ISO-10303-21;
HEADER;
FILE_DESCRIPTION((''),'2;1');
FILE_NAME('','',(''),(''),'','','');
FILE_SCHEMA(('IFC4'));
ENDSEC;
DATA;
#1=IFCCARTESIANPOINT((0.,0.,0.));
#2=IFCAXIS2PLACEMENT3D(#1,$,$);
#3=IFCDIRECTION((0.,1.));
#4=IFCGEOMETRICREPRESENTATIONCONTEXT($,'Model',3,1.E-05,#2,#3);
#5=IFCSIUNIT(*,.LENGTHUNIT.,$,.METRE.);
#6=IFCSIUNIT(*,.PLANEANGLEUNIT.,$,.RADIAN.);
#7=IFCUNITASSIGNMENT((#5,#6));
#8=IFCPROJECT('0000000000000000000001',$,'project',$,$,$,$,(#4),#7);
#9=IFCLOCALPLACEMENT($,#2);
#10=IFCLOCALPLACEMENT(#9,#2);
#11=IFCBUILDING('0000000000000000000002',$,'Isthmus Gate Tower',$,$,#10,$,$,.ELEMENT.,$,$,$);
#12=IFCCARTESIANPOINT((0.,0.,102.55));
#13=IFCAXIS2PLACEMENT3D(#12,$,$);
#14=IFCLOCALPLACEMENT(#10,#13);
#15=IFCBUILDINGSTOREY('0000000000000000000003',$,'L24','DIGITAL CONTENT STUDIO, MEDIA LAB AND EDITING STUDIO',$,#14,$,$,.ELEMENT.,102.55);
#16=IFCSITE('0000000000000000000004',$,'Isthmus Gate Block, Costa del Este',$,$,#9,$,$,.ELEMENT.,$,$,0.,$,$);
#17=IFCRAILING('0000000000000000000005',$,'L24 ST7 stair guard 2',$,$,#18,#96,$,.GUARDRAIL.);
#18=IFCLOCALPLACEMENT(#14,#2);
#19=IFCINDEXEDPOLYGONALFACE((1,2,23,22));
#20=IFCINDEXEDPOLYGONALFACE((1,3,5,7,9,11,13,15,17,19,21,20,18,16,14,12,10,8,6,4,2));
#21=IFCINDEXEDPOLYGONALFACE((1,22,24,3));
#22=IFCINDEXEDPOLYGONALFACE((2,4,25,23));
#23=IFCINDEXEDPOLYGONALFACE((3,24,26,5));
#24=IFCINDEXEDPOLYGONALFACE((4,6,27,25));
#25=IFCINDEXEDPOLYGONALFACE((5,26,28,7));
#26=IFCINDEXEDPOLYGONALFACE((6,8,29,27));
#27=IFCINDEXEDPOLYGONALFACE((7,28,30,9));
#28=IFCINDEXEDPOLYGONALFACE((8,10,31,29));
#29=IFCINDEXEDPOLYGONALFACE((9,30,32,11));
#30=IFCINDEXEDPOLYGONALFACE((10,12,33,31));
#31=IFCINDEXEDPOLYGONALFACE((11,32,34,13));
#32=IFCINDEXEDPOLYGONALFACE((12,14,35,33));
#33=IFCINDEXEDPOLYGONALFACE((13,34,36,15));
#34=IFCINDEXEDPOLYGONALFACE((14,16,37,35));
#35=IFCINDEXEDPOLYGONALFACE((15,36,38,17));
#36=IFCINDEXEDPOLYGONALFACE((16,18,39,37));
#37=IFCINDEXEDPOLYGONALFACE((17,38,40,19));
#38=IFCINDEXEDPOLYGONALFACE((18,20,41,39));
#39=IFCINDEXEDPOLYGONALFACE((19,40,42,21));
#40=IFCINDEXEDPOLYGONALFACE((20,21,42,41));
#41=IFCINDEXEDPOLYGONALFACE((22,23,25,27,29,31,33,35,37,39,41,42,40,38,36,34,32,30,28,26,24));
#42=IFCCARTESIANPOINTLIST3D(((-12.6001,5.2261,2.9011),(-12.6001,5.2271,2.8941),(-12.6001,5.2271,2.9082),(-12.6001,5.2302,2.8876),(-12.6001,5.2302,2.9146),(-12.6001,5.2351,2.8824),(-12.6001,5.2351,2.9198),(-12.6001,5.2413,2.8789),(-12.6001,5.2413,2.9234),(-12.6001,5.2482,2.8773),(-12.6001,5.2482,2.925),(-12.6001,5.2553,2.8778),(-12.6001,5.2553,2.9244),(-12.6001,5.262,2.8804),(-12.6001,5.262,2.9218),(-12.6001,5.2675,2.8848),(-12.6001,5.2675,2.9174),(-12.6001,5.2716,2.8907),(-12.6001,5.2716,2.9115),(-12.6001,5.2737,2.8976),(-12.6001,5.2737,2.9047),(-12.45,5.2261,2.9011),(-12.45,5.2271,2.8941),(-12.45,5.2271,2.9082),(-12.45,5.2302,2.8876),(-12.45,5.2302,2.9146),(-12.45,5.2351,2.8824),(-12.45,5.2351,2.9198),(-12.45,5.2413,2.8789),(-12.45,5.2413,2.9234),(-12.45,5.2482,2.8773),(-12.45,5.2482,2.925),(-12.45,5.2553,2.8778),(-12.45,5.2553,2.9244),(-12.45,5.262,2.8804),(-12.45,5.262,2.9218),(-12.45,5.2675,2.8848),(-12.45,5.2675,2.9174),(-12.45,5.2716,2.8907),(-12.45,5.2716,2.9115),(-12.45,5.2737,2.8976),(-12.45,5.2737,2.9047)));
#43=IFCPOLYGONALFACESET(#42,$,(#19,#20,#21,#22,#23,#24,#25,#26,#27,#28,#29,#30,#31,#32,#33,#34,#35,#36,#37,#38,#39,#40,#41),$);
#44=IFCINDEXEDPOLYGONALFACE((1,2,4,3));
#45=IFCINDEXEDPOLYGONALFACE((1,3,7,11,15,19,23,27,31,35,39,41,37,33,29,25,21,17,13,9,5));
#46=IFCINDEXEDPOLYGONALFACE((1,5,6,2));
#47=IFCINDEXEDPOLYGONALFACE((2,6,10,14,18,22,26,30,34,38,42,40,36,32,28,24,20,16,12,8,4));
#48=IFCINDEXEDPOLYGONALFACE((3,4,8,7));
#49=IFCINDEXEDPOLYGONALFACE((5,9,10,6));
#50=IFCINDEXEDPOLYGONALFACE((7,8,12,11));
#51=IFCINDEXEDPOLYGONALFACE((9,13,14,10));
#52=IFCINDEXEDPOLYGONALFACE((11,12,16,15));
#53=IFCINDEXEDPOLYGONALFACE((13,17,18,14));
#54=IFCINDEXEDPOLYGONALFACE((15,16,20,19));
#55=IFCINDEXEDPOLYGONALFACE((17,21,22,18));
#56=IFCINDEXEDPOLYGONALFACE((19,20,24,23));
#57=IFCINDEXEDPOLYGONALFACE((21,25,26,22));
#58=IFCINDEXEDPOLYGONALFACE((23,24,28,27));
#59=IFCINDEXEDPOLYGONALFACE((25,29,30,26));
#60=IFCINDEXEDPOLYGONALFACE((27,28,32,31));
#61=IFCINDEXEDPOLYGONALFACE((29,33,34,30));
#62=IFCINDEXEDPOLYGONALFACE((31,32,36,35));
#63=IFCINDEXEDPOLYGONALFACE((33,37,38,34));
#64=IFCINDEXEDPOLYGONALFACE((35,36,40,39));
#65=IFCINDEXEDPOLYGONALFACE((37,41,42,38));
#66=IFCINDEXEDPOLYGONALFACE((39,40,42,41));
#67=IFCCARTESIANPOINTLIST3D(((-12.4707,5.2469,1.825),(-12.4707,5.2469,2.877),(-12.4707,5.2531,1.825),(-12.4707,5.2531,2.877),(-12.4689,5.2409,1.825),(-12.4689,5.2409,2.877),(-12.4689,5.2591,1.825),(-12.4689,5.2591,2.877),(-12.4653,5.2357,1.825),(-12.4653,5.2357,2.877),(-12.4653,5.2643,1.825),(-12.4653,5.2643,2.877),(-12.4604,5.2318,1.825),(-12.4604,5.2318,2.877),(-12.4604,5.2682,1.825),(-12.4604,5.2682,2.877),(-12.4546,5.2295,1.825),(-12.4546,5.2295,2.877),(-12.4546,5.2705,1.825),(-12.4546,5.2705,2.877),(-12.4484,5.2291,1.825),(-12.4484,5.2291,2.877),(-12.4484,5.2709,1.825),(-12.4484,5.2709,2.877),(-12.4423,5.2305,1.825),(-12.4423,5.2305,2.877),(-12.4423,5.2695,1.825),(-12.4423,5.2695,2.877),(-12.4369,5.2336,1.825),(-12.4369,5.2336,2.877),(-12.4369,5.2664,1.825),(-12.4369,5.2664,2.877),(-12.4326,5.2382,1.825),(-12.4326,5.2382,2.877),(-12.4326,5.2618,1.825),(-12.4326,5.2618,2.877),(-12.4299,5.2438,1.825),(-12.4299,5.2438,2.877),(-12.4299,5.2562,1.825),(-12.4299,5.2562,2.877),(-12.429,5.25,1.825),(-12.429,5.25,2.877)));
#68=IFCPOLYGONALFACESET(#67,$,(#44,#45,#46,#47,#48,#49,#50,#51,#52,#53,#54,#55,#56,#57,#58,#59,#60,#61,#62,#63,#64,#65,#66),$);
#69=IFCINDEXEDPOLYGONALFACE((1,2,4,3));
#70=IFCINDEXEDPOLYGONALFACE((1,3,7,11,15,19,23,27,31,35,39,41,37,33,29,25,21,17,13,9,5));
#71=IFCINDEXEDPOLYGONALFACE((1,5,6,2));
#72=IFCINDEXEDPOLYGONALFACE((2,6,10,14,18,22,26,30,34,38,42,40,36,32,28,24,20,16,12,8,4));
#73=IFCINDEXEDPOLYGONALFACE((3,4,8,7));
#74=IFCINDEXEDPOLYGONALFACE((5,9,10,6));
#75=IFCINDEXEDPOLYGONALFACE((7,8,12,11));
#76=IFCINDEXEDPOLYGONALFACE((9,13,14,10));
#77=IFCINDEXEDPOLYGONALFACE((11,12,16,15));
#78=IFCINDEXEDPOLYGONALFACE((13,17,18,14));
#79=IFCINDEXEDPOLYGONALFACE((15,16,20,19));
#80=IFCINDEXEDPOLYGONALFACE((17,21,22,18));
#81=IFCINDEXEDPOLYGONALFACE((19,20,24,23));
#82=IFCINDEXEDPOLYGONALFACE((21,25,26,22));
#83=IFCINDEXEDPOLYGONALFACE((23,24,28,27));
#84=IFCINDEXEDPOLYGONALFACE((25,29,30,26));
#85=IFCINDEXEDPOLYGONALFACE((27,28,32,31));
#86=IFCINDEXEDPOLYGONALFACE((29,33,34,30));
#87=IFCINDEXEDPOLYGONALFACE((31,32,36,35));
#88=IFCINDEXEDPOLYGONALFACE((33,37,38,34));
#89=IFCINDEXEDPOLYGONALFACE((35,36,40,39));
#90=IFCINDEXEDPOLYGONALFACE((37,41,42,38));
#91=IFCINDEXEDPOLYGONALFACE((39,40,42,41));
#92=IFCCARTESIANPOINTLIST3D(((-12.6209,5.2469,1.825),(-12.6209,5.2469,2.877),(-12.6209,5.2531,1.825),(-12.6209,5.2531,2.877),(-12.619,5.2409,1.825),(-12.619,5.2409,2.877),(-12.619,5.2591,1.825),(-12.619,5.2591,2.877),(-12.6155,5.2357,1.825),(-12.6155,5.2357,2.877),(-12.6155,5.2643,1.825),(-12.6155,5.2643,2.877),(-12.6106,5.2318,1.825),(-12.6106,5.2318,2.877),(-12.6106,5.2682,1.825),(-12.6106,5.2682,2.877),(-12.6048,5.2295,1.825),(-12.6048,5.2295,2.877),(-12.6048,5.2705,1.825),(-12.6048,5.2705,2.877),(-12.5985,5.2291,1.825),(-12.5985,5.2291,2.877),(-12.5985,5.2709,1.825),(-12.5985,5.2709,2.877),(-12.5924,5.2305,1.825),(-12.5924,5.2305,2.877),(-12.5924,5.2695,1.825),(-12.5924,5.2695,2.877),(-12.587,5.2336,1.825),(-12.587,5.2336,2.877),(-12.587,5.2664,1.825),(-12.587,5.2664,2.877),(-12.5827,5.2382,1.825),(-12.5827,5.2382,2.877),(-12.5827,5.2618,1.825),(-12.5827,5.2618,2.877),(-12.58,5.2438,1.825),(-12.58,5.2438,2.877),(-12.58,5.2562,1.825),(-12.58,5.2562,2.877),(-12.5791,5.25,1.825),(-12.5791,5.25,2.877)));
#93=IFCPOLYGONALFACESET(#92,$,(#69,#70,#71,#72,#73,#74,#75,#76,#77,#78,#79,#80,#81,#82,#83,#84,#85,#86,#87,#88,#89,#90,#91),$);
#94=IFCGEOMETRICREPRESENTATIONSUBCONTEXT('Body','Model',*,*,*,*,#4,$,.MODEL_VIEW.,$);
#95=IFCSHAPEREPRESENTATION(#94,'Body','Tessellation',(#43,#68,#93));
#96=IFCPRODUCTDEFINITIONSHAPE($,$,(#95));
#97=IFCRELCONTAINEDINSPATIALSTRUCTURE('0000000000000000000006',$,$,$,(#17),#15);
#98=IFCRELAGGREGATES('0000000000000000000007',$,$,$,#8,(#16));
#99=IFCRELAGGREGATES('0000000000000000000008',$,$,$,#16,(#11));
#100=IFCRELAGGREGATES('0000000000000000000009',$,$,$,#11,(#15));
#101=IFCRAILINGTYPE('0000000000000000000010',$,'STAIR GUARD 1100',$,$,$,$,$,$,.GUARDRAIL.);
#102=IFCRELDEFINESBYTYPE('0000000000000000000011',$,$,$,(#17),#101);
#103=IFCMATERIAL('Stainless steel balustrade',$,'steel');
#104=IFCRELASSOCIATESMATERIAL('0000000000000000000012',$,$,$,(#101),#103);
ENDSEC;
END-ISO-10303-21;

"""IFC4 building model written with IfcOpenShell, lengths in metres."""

from ifc_helpers import new_model, si_unit, direction, frame, origin, origin_2d, place, context, subcontext, project, spatial, circle, extrude, material, type_object, element, save


model = new_model("IFC4")

# Units and contexts
model_context = context("Model", 3, precision=1e-05, world=origin(), true_north=direction((0.0, 1.0)))
body_context = subcontext(model_context, "Body", "Model", "MODEL_VIEW")
ifc_project = project(units=[si_unit("LENGTHUNIT", "METRE"), si_unit("PLANEANGLEUNIT", "RADIAN")], contexts=[model_context])

# Site, building, storey
site_placement = place(None, origin())
site = spatial("IfcSite", under=ifc_project, at=site_placement, Name="Isthmus Gate Block, Costa del Este", CompositionType="ELEMENT", RefElevation=0.0)
building_placement = place(site_placement, origin())
building = spatial("IfcBuilding", under=site, at=building_placement, Name="Isthmus Gate Tower", CompositionType="ELEMENT")
storey_placement = place(building_placement, frame((0.0, 0.0, 102.55)))
storey = spatial("IfcBuildingStorey", under=building, at=storey_placement, Name="L24", Description="DIGITAL CONTENT STUDIO, MEDIA LAB AND EDITING STUDIO", CompositionType="ELEMENT", Elevation=102.55)

# Railing
ifc_material_1 = material(Name="Stainless steel balustrade", Category="steel")
railing_type_1 = type_object("IfcRailingType", Name="STAIR GUARD 1100", PredefinedType="GUARDRAIL", material=ifc_material_1)
railing_1_placement = place(storey_placement, frame((-12.45, 5.25, 1.825)))
element("IfcRailing", 1, at=railing_1_placement, inside=storey, type_object=railing_type_1, Name="L24 ST7 stair guard 2", PredefinedType="GUARDRAIL", context=body_context, shape_type="SweptSolid", body=[
    extrude(circle(Radius=0.0239, at=origin_2d()), frame((0.0, 0.0, 1.0762), z_axis=(-1.0, 0.0, 0.0), x_axis=(0.0, -1.0, 0.0)), (0.0, 0.0, 1.0), 0.1501),
    extrude(circle(Radius=0.021, at=origin_2d()), origin(), (0.0, 0.0, 1.0), 1.052),
    extrude(circle(Radius=0.021, at=origin_2d()), frame((-0.1501, 0.0, 0.0)), (0.0, 0.0, 1.0), 1.052),
])

save(model, "model.ifc")
